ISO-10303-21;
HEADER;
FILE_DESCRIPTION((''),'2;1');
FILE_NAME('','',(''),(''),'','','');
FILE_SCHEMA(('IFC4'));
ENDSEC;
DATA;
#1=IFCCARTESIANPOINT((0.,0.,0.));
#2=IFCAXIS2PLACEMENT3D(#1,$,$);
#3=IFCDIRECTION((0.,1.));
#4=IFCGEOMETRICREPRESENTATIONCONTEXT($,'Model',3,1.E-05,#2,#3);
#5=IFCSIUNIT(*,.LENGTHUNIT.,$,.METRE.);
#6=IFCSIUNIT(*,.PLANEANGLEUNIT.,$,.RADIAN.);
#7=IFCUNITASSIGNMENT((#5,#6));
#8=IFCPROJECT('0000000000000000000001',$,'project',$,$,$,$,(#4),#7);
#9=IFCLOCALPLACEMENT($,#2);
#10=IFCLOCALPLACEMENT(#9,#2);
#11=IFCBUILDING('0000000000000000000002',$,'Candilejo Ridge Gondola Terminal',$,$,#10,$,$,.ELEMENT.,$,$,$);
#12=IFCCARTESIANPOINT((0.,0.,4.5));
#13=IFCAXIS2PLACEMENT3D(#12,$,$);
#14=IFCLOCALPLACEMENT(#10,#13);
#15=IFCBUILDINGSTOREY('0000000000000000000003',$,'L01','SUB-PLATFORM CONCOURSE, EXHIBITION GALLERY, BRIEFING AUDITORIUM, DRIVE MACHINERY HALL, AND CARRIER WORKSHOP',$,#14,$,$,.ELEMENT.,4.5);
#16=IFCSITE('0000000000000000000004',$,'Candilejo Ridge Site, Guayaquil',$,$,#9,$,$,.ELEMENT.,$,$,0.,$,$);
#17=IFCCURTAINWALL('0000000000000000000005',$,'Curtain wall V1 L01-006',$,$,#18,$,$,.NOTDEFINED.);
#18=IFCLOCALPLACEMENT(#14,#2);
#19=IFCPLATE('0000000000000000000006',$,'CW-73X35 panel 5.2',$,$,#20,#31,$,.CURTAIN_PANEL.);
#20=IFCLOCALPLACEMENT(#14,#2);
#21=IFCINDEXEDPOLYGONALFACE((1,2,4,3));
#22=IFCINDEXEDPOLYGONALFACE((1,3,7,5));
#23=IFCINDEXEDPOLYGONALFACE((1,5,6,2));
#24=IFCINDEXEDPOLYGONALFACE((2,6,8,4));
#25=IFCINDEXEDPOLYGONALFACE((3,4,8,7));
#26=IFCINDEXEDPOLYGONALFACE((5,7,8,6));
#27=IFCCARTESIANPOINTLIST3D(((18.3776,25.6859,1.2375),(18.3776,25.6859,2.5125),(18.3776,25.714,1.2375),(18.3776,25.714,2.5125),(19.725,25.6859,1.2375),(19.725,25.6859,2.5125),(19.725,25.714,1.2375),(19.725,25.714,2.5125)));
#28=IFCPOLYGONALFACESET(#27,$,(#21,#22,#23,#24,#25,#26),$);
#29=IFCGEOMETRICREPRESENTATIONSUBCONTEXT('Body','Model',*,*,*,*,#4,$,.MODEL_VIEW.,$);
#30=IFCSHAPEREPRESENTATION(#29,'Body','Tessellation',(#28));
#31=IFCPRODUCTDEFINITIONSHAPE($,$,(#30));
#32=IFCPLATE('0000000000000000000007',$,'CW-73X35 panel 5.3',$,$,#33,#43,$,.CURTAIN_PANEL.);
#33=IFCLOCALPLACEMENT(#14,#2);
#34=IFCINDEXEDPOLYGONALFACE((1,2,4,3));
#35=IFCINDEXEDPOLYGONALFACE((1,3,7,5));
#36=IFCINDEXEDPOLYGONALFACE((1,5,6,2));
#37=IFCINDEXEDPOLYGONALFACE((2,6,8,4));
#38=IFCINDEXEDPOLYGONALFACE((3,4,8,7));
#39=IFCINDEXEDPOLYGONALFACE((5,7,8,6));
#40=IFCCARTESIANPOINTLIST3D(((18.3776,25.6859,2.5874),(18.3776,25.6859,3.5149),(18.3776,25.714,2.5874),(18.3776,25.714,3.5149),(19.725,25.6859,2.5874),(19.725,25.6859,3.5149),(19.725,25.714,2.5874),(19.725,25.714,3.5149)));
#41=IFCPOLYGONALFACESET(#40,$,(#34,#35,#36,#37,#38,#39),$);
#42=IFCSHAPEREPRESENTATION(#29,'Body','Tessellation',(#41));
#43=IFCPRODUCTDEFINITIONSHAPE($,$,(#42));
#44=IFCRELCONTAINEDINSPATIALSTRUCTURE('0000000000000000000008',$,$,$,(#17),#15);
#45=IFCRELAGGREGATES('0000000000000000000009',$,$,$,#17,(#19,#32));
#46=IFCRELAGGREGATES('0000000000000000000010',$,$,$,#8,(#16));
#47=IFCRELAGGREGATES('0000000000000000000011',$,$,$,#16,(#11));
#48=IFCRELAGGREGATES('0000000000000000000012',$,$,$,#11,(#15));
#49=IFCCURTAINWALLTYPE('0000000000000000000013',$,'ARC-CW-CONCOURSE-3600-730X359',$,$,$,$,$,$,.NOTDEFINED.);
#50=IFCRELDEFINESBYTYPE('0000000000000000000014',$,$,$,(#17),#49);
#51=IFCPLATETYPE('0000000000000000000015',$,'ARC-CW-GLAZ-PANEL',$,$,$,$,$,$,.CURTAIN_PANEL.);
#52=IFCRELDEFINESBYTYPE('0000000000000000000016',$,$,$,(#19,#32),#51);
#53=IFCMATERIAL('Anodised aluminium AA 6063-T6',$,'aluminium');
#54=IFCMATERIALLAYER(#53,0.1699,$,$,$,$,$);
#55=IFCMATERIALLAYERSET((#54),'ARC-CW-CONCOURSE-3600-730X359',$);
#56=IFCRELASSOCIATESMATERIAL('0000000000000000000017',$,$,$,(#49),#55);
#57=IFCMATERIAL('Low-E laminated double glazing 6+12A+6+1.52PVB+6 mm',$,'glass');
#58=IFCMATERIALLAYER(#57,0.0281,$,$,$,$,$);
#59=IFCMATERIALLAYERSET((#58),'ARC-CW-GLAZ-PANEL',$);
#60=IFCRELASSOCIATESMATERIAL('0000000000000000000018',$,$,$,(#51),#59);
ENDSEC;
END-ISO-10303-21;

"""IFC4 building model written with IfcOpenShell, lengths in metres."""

from ifc_helpers import new_model, si_unit, direction, frame, origin, origin_2d, place, context, subcontext, project, spatial, rectangle, extrude, material, layer, layer_set, type_object, element, aggregate, save


model = new_model("IFC4")

# Units and contexts
model_context = context("Model", 3, precision=1e-05, world=origin(), true_north=direction((0.0, 1.0)))
body_context = subcontext(model_context, "Body", "Model", "MODEL_VIEW")
ifc_project = project(units=[si_unit("LENGTHUNIT", "METRE"), si_unit("PLANEANGLEUNIT", "RADIAN")], contexts=[model_context])

# Site, building, storey
site_placement = place(None, origin())
site = spatial("IfcSite", under=ifc_project, at=site_placement, Name="Candilejo Ridge Site, Guayaquil", CompositionType="ELEMENT", RefElevation=0.0)
building_placement = place(site_placement, origin())
building = spatial("IfcBuilding", under=site, at=building_placement, Name="Candilejo Ridge Gondola Terminal", CompositionType="ELEMENT")
storey_placement = place(building_placement, frame((0.0, 0.0, 4.5)))
storey = spatial("IfcBuildingStorey", under=building, at=storey_placement, Name="L01", Description="SUB-PLATFORM CONCOURSE, EXHIBITION GALLERY, BRIEFING AUDITORIUM, DRIVE MACHINERY HALL, AND CARRIER WORKSHOP", CompositionType="ELEMENT", Elevation=4.5)

# Curtain wall
ifc_material_1 = material(Name="Anodised aluminium AA 6063-T6", Category="aluminium")
ifc_layer_1 = layer(ifc_material_1, 0.1699)
ifc_layer_set_1 = layer_set([ifc_layer_1], Name="ARC-CW-CONCOURSE-3600-730X359")
curtain_wall_type = type_object("IfcCurtainWallType", Name="ARC-CW-CONCOURSE-3600-730X359", PredefinedType="NOTDEFINED", material=ifc_layer_set_1)
curtain_wall_1_placement = place(storey_placement, origin())
curtain_wall_1 = element("IfcCurtainWall", 1, at=curtain_wall_1_placement, inside=storey, type_object=curtain_wall_type, Name="Curtain wall V1 L01-006", PredefinedType="NOTDEFINED")

# Plates
ifc_material_2 = material(Name="Low-E laminated double glazing 6+12A+6+1.52PVB+6 mm", Category="glass")
ifc_layer_2 = layer(ifc_material_2, 0.0281)
ifc_layer_set_2 = layer_set([ifc_layer_2], Name="ARC-CW-GLAZ-PANEL")
plate_type = type_object("IfcPlateType", Name="ARC-CW-GLAZ-PANEL", PredefinedType="CURTAIN_PANEL", material=ifc_layer_set_2)
plate_1_placement = place(storey_placement, frame((19.0513, 25.7, 1.2375), z_axis=(0.0, 0.0, 1.0), x_axis=(1.0, 0.0, 0.0)))
plate_1 = element("IfcPlate", 2, at=plate_1_placement, type_object=plate_type, Name="CW-73X35 panel 5.2", PredefinedType="CURTAIN_PANEL", context=body_context, shape_type="SweptSolid", body=[
    extrude(rectangle(XDim=1.3474, YDim=0.0281, at=origin_2d()), origin(), (0.0, 0.0, 1.0), 1.2749),
])
plate_2_placement = place(storey_placement, frame((19.0513, 25.7, 2.5874), z_axis=(0.0, 0.0, 1.0), x_axis=(1.0, 0.0, 0.0)))
plate_2 = element("IfcPlate", 3, at=plate_2_placement, type_object=plate_type, Name="CW-73X35 panel 5.3", PredefinedType="CURTAIN_PANEL", context=body_context, shape_type="SweptSolid", body=[
    extrude(rectangle(XDim=1.3474, YDim=0.0281, at=origin_2d()), origin(), (0.0, 0.0, 1.0), 0.9275),
])
aggregate(curtain_wall_1, [plate_1, plate_2])

save(model, "model.ifc")
